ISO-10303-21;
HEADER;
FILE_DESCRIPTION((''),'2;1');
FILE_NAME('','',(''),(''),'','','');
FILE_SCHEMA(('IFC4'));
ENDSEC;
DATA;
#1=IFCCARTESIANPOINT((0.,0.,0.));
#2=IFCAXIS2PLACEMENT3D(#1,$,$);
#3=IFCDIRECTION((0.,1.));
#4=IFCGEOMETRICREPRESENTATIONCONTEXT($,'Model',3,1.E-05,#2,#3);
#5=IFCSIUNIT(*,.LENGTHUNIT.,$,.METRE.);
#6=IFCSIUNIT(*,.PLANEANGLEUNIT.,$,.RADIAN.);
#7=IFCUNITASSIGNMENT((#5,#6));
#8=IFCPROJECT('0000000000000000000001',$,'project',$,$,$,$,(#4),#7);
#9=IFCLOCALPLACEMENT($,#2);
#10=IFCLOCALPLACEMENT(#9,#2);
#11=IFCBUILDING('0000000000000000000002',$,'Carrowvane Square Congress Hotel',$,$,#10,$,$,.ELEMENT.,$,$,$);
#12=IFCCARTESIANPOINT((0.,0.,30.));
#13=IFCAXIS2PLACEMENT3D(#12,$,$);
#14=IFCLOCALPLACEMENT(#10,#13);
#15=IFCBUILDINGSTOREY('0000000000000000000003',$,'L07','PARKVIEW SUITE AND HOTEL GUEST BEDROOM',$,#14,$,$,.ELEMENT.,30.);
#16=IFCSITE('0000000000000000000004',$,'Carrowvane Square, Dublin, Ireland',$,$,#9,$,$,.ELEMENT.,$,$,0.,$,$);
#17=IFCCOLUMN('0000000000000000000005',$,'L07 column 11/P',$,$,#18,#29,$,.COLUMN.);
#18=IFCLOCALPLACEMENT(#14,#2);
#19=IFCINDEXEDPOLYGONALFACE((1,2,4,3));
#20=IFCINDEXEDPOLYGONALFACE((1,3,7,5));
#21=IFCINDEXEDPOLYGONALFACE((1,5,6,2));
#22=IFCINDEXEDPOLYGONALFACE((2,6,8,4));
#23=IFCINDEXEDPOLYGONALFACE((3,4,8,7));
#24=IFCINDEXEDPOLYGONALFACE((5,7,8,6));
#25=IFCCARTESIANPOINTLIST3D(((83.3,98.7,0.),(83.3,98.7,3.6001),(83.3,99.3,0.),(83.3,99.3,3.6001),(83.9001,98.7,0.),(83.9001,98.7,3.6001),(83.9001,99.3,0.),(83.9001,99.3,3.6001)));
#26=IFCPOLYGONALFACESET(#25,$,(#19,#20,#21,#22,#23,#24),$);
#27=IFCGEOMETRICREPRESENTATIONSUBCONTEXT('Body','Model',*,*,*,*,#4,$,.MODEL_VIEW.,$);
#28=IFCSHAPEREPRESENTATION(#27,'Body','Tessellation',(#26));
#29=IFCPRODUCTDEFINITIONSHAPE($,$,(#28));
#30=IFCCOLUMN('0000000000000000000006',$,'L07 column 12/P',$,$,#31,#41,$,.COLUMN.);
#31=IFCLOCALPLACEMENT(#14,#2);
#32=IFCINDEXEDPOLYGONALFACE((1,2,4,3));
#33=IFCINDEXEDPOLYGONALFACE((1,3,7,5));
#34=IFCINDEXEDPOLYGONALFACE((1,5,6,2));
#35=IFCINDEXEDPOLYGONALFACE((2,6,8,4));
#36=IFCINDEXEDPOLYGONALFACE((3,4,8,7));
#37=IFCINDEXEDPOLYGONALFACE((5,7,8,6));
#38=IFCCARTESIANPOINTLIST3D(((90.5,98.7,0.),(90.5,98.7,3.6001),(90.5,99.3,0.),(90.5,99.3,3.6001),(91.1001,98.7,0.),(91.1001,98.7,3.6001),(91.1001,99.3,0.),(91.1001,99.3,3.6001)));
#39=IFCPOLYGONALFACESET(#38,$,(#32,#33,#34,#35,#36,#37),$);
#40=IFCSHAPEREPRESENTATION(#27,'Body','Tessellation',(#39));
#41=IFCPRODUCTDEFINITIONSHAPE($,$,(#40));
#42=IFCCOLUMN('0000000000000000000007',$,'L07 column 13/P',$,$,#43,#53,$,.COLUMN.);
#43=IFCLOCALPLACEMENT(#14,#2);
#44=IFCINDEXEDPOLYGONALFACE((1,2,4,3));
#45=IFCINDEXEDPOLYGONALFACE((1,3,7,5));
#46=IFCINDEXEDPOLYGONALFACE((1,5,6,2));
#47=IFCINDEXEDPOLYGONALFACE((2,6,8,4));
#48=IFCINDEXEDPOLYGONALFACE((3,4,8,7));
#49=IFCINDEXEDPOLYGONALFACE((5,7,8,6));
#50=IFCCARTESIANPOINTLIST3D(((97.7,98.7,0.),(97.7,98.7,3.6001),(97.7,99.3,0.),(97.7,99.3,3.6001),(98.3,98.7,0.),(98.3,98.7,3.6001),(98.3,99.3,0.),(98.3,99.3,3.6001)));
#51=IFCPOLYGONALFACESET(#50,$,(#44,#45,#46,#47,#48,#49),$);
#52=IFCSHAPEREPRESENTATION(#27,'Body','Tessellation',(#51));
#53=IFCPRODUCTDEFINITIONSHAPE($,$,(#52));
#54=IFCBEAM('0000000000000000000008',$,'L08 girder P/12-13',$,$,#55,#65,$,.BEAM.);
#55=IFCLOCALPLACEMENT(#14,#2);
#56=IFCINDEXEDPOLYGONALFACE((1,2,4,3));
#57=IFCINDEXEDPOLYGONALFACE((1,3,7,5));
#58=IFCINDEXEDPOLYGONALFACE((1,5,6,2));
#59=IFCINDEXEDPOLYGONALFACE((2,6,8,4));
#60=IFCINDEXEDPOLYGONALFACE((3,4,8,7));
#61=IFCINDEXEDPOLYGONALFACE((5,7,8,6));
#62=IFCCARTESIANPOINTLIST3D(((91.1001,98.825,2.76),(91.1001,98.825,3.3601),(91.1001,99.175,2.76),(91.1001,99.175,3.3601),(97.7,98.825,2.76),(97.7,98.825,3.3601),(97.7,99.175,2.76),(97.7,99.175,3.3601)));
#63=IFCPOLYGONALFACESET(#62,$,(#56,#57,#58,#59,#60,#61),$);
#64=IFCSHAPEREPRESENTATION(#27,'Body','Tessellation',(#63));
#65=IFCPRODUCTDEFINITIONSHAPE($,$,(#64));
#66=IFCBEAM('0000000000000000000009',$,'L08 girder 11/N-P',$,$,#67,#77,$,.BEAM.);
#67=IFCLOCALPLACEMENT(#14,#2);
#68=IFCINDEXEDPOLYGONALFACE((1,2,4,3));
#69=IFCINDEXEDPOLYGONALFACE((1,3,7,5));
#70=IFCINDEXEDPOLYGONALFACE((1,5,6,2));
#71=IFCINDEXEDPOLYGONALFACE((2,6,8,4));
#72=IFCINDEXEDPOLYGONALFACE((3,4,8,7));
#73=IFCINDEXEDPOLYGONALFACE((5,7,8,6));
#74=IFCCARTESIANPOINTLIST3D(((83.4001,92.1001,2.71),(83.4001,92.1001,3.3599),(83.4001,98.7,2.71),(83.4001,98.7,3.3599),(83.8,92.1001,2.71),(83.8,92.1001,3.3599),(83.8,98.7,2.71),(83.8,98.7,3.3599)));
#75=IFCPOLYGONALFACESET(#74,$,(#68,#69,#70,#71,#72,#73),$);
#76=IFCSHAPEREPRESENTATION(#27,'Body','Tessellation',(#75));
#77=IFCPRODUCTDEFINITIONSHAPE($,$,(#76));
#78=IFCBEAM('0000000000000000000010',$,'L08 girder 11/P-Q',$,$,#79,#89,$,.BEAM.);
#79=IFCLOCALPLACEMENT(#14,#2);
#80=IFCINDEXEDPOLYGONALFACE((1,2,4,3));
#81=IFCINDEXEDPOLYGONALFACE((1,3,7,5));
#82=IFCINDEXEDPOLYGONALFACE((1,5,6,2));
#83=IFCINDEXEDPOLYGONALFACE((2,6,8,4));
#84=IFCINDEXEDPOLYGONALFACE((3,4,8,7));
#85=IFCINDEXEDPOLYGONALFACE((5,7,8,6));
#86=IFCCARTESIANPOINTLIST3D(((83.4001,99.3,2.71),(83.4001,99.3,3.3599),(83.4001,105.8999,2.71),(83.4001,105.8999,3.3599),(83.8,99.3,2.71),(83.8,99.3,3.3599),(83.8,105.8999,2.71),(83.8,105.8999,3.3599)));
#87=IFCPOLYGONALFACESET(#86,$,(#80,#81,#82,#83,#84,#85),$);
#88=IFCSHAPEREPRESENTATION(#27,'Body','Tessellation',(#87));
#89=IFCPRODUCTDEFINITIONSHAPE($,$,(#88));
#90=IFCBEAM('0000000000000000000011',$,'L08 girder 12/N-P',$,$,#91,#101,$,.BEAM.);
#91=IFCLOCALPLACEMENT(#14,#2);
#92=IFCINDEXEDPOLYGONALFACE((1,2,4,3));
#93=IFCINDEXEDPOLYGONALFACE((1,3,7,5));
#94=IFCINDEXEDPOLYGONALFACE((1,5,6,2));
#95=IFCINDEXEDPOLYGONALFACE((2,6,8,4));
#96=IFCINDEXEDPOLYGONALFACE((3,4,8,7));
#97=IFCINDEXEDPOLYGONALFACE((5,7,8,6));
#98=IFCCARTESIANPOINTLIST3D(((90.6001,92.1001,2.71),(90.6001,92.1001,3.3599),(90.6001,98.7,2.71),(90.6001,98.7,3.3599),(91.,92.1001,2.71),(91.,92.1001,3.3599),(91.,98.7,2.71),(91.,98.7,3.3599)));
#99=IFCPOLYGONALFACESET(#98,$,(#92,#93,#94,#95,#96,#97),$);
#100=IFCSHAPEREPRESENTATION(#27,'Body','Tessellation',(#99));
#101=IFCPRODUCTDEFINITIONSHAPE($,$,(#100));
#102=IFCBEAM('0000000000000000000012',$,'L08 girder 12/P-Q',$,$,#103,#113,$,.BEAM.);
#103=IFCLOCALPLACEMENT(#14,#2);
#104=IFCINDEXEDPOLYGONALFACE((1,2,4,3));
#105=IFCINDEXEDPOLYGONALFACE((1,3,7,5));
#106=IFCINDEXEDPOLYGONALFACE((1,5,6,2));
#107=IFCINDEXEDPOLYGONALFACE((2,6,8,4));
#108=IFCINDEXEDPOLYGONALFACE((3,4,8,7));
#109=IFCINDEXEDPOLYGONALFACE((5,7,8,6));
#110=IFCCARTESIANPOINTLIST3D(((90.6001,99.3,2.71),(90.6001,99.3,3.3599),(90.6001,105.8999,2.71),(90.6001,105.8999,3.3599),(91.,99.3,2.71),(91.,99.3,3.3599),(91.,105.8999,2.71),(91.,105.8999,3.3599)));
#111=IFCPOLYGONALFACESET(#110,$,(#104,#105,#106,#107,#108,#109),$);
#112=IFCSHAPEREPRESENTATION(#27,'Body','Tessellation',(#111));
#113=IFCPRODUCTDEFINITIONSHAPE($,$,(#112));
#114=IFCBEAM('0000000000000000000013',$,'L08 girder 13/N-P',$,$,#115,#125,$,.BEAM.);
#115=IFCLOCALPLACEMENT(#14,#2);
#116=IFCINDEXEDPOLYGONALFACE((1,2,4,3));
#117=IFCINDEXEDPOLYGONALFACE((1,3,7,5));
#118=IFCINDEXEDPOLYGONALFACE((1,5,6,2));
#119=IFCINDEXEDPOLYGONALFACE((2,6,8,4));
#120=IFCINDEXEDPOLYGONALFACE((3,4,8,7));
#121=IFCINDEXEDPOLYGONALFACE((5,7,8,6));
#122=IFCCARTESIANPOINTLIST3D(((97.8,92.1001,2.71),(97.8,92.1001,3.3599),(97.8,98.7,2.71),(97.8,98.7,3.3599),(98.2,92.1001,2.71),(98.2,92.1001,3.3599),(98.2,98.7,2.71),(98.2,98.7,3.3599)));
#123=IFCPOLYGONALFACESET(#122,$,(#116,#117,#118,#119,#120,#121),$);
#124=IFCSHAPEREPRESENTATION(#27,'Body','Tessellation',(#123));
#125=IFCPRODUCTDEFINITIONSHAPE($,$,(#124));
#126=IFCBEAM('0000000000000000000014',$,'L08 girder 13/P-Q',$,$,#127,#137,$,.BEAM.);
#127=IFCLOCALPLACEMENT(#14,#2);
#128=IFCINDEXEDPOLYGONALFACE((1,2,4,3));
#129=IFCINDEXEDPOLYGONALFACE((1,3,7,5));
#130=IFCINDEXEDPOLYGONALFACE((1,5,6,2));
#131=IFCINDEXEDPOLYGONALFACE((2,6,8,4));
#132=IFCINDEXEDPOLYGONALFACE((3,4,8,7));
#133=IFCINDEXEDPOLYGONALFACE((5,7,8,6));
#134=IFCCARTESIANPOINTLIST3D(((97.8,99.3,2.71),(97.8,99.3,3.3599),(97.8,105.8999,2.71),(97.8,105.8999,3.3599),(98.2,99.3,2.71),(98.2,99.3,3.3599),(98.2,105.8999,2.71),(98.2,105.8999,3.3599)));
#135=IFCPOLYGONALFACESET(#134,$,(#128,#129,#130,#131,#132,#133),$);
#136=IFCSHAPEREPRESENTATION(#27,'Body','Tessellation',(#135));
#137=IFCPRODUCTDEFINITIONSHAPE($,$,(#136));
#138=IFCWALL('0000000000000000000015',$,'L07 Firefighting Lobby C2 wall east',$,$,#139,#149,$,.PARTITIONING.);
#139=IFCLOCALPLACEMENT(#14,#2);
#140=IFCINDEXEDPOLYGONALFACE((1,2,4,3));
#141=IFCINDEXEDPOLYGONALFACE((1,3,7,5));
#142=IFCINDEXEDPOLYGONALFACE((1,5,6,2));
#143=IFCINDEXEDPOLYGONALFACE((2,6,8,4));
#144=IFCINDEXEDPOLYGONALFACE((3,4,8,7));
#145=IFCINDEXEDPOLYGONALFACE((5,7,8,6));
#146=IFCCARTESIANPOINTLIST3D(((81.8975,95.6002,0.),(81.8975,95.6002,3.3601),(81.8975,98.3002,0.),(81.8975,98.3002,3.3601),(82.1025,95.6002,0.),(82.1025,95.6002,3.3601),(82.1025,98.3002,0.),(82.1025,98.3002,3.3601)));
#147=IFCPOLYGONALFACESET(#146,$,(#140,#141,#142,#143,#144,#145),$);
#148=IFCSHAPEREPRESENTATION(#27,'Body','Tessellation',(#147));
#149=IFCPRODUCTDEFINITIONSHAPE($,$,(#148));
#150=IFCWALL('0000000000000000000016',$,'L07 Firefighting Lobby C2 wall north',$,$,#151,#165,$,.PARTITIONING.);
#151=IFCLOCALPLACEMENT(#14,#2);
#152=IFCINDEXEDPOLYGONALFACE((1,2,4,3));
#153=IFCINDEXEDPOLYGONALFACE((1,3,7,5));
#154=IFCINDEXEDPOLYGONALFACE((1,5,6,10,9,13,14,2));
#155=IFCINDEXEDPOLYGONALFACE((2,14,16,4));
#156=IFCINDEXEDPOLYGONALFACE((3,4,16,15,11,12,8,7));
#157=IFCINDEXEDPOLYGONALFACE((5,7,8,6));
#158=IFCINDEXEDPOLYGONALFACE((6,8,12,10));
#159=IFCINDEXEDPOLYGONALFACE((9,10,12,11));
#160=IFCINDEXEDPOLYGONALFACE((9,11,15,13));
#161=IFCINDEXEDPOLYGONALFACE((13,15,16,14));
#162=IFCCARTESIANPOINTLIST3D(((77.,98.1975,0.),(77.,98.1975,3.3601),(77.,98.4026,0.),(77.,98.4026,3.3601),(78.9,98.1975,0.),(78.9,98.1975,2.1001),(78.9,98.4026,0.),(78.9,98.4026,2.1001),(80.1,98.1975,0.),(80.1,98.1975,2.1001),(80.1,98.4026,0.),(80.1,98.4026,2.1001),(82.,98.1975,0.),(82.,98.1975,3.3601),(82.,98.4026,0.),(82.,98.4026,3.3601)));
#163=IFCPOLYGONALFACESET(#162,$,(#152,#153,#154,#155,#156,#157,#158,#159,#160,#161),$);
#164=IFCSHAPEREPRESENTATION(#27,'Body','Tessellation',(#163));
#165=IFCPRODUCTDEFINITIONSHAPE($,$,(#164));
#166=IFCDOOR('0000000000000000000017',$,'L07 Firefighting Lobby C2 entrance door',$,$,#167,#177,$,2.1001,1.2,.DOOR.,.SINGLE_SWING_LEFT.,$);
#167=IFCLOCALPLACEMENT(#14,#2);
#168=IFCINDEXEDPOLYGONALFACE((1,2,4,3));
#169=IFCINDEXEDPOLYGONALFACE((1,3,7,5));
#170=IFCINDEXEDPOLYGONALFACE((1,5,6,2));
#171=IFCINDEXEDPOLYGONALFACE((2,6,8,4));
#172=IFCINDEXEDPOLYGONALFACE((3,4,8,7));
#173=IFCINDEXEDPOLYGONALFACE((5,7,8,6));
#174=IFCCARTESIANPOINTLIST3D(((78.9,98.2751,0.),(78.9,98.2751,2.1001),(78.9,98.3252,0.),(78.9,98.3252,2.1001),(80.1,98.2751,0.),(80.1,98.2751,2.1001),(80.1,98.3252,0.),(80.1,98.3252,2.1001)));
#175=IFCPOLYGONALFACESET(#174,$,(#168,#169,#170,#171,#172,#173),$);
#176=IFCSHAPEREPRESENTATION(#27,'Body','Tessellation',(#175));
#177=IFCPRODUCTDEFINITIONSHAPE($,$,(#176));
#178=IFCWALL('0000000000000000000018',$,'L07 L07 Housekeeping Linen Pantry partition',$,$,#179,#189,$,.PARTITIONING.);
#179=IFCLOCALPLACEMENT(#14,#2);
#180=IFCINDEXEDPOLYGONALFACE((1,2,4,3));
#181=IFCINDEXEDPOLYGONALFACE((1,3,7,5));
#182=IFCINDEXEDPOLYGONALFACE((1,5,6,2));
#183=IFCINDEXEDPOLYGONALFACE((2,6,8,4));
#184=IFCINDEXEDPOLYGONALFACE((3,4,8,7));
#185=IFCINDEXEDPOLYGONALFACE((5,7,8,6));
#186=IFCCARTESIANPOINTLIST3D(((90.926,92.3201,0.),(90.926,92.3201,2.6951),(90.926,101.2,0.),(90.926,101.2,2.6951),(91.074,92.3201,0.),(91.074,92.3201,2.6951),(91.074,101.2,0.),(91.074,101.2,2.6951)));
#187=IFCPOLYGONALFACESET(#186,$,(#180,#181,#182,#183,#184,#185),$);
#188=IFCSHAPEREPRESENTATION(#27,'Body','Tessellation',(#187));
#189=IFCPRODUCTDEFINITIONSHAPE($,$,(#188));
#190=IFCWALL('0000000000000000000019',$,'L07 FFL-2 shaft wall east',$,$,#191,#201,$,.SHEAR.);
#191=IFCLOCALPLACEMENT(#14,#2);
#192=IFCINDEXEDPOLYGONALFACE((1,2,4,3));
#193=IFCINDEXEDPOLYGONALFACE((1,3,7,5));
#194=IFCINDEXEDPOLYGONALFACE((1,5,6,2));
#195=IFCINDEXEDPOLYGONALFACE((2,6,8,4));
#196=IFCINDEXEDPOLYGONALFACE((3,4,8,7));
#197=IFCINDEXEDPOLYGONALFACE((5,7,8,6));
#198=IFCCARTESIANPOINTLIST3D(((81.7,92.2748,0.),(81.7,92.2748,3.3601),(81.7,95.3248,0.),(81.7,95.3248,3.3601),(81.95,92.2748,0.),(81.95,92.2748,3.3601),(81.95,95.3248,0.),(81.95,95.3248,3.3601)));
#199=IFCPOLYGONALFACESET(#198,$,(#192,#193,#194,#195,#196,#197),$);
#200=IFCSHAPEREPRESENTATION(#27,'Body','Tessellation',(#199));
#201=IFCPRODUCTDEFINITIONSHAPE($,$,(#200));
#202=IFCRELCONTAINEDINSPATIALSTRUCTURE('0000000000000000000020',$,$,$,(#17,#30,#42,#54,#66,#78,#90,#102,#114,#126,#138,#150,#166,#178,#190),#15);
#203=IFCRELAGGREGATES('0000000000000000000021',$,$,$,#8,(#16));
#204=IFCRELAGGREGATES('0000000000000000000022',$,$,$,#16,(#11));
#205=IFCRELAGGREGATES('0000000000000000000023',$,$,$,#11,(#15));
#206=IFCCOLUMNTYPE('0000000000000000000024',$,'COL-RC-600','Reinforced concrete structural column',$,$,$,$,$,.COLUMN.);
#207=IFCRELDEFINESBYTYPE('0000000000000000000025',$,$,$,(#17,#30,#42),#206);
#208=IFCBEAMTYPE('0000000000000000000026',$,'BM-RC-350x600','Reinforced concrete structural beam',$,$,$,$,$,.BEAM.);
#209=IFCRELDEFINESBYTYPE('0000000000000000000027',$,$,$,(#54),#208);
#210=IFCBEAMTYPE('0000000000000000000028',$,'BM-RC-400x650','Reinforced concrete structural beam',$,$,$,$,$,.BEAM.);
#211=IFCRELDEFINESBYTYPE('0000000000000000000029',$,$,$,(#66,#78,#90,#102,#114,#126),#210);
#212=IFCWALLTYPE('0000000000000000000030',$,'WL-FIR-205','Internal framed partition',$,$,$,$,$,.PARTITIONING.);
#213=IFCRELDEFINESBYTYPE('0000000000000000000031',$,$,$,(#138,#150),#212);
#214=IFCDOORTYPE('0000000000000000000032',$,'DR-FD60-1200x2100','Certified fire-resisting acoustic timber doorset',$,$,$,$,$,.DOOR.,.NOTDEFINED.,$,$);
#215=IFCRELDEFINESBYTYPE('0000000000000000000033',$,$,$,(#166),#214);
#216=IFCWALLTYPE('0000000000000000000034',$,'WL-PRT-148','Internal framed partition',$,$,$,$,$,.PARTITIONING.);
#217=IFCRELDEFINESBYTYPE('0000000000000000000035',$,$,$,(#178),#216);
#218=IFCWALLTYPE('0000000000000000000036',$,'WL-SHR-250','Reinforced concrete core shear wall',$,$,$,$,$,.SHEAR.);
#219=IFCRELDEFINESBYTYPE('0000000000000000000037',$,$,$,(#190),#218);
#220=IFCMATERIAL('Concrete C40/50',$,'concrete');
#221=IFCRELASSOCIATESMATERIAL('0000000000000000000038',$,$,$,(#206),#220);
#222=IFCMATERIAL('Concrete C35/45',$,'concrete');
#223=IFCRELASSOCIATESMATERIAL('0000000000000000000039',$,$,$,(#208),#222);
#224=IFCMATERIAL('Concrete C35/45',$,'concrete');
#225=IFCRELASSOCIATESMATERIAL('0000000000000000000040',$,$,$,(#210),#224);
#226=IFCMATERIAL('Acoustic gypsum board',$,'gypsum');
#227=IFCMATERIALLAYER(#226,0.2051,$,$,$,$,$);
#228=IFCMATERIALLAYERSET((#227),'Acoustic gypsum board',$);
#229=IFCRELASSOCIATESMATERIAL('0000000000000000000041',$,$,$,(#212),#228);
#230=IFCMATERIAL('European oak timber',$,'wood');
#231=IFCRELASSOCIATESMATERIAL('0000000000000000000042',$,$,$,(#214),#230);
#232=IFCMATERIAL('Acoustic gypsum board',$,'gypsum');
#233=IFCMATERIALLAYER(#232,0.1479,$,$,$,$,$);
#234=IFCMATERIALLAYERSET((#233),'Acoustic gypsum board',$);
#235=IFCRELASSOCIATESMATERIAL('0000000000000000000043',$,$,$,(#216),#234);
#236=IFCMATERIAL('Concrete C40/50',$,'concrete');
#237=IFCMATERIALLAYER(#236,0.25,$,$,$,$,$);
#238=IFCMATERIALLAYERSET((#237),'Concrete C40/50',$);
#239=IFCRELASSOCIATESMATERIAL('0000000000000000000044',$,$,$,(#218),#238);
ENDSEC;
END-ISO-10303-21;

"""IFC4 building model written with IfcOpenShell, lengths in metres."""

from ifc_helpers import new_model, si_unit, direction, frame, frame_2d, origin, origin_2d, place, context, subcontext, project, spatial, rectangle, extrude, material, layer, layer_set, material_profile, profile_set, type_object, element, fill, save


model = new_model("IFC4")

# Units and contexts
model_context = context("Model", 3, precision=1e-05, world=origin(), true_north=direction((0.0, 1.0)))
body_context = subcontext(model_context, "Body", "Model", "MODEL_VIEW")
ifc_project = project(units=[si_unit("LENGTHUNIT", "METRE"), si_unit("PLANEANGLEUNIT", "RADIAN")], contexts=[model_context])

# Site, building, storey
site_placement = place(None, origin())
site = spatial("IfcSite", under=ifc_project, at=site_placement, Name="Carrowvane Square, Dublin, Ireland", CompositionType="ELEMENT", RefElevation=0.0)
building_placement = place(site_placement, origin())
building = spatial("IfcBuilding", under=site, at=building_placement, Name="Carrowvane Square Congress Hotel", CompositionType="ELEMENT")
storey_placement = place(building_placement, frame((0.0, 0.0, 30.0)))
storey = spatial("IfcBuildingStorey", under=building, at=storey_placement, Name="L07", Description="PARKVIEW SUITE AND HOTEL GUEST BEDROOM", CompositionType="ELEMENT", Elevation=30.0)

# Columns
ifc_material_1 = material(Name="Concrete C40/50", Category="concrete")
ifc_material_profile_1 = material_profile(ifc_material_1, rectangle(XDim=0.6001, YDim=0.6001, at=origin_2d()), Name="RC 600x600")
ifc_profile_set_1 = profile_set([ifc_material_profile_1], Name="Concrete C40/50")
column_type = type_object("IfcColumnType", Name="COL-RC-600", Description="Reinforced concrete structural column", PredefinedType="COLUMN", material=ifc_profile_set_1)
for number, where, z_axis, x_axis, name in (
    (1, (83.6001, 99.0, 0.0), (0.0, 0.0, 1.0), (1.0, 0.0, 0.0), "L07 column 11/P"),
    (2, (90.8, 99.0, 0.0), (0.0, 0.0, 1.0), (1.0, 0.0, 0.0), "L07 column 12/P"),
    (3, (98.0, 99.0, 0.0), (0.0, 0.0, 1.0), (1.0, 0.0, 0.0), "L07 column 13/P"),
):
    element("IfcColumn", number, at=place(storey_placement, frame(where, z_axis=z_axis, x_axis=x_axis)), inside=storey, type_object=column_type, Name=name, PredefinedType="COLUMN", context=body_context, shape_type="SweptSolid", body=[
        extrude(rectangle(XDim=0.6001, YDim=0.6001, at=origin_2d()), origin(), (0.0, 0.0, 1.0), 3.6001),
    ])

# Beams
ifc_material_2 = material(Name="Concrete C35/45", Category="concrete")
ifc_material_profile_2 = material_profile(ifc_material_2, rectangle(XDim=0.3501, YDim=0.6001, at=origin_2d()), Name="RC 350x600")
ifc_profile_set_2 = profile_set([ifc_material_profile_2], Name="Concrete C35/45")
beam_type_1 = type_object("IfcBeamType", Name="BM-RC-350x600", Description="Reinforced concrete structural beam", PredefinedType="BEAM", material=ifc_profile_set_2)
beam_placement = place(storey_placement, frame((91.1001, 99.0, 3.0601), z_axis=(1.0, 0.0, 0.0), x_axis=(0.0, 1.0, 0.0)))
element("IfcBeam", 4, at=beam_placement, inside=storey, type_object=beam_type_1, Name="L08 girder P/12-13", PredefinedType="BEAM", context=body_context, shape_type="SweptSolid", body=[
    extrude(rectangle(XDim=0.3501, YDim=0.6001, at=origin_2d()), origin(), (0.0, 0.0, 1.0), 6.5999),
])
ifc_material_3 = material(Name="Concrete C35/45", Category="concrete")
ifc_material_profile_3 = material_profile(ifc_material_3, rectangle(XDim=0.3999, YDim=0.6499, at=origin_2d()), Name="RC 400x650")
ifc_profile_set_3 = profile_set([ifc_material_profile_3], Name="Concrete C35/45")
beam_type_2 = type_object("IfcBeamType", Name="BM-RC-400x650", Description="Reinforced concrete structural beam", PredefinedType="BEAM", material=ifc_profile_set_3)
for number, where, z_axis, x_axis, name in (
    (5, (83.6001, 92.1001, 3.0349), (0.0, 1.0, 0.0), (-1.0, 0.0, 0.0), "L08 girder 11/N-P"),
    (6, (83.6001, 99.3, 3.0349), (0.0, 1.0, 0.0), (-1.0, 0.0, 0.0), "L08 girder 11/P-Q"),
    (7, (90.8, 92.1001, 3.0349), (0.0, 1.0, 0.0), (-1.0, 0.0, 0.0), "L08 girder 12/N-P"),
    (8, (90.8, 99.3, 3.0349), (0.0, 1.0, 0.0), (-1.0, 0.0, 0.0), "L08 girder 12/P-Q"),
    (9, (98.0, 92.1001, 3.0349), (0.0, 1.0, 0.0), (-1.0, 0.0, 0.0), "L08 girder 13/N-P"),
    (10, (98.0, 99.3, 3.0349), (0.0, 1.0, 0.0), (-1.0, 0.0, 0.0), "L08 girder 13/P-Q"),
):
    element("IfcBeam", number, at=place(storey_placement, frame(where, z_axis=z_axis, x_axis=x_axis)), inside=storey, type_object=beam_type_2, Name=name, PredefinedType="BEAM", context=body_context, shape_type="SweptSolid", body=[
        extrude(rectangle(XDim=0.3999, YDim=0.6499, at=origin_2d()), origin(), (0.0, 0.0, 1.0), 6.5999),
    ])

# Wall
ifc_material_4 = material(Name="Acoustic gypsum board", Category="gypsum")
ifc_layer_1 = layer(ifc_material_4, 0.2051)
ifc_layer_set_1 = layer_set([ifc_layer_1], Name="Acoustic gypsum board")
wall_type_1 = type_object("IfcWallType", Name="WL-FIR-205", Description="Internal framed partition", PredefinedType="PARTITIONING", material=ifc_layer_set_1)
wall_1_placement = place(storey_placement, frame((82.0, 95.6001, 0.0), z_axis=(0.0, 0.0, 1.0), x_axis=(0.0, 1.0, 0.0)))
element("IfcWall", 11, at=wall_1_placement, inside=storey, type_object=wall_type_1, Name="L07 Firefighting Lobby C2 wall east", PredefinedType="PARTITIONING", context=body_context, shape_type="SweptSolid", body=[
    extrude(rectangle(XDim=2.7, YDim=0.2051, at=frame_2d((1.3501, 0.0))), origin(), (0.0, 0.0, 1.0), 3.3601),
])

# Wall, opening, door
wall_2_placement = place(storey_placement, frame((82.0, 98.3, 0.0), z_axis=(0.0, 0.0, 1.0), x_axis=(-1.0, 0.0, 0.0)))
wall_2 = element("IfcWall", 12, at=wall_2_placement, inside=storey, type_object=wall_type_1, Name="L07 Firefighting Lobby C2 wall north", PredefinedType="PARTITIONING", context=body_context, shape_type="SweptSolid", body=[
    extrude(rectangle(XDim=5.0, YDim=0.2051, at=frame_2d((2.5, 0.0))), origin(), (0.0, 0.0, 1.0), 3.3601),
])
opening_1_placement = place(wall_2_placement, frame((1.8999, 0.0, 0.0)))
opening_1 = element("IfcOpeningElement", 13, at=opening_1_placement, cuts=wall_2, PredefinedType="OPENING", context=body_context, shape_type="SweptSolid", body=[
    extrude(rectangle(XDim=1.2, YDim=2.1001, at=frame_2d((0.6001, 1.05))), frame((0.0, 0.1125, 0.0), z_axis=(0.0, -1.0, 0.0), x_axis=(1.0, 0.0, 0.0)), (0.0, 0.0, 1.0), 0.2251),
])
ifc_material_5 = material(Name="European oak timber", Category="wood")
door_type_1 = type_object("IfcDoorType", Name="DR-FD60-1200x2100", Description="Certified fire-resisting acoustic timber doorset", OperationType="NOTDEFINED", PredefinedType="DOOR", material=ifc_material_5)
door_1_placement = place(opening_1_placement, origin())
door_1 = element("IfcDoor", 14, at=door_1_placement, inside=storey, type_object=door_type_1, Name="L07 Firefighting Lobby C2 entrance door", OperationType="SINGLE_SWING_LEFT", OverallHeight=2.1001, OverallWidth=1.2, PredefinedType="DOOR", context=body_context, shape_type="SweptSolid", body=[
    extrude(rectangle(XDim=1.2, YDim=2.1001, at=frame_2d((0.6001, 1.05))), frame((0.0, 0.0249, 0.0), z_axis=(0.0, -1.0, 0.0), x_axis=(1.0, 0.0, 0.0)), (0.0, 0.0, 1.0), 0.05),
])
fill(opening_1, door_1)

# Walls
ifc_material_6 = material(Name="Acoustic gypsum board", Category="gypsum")
ifc_layer_2 = layer(ifc_material_6, 0.1479)
ifc_layer_set_2 = layer_set([ifc_layer_2], Name="Acoustic gypsum board")
wall_type_2 = type_object("IfcWallType", Name="WL-PRT-148", Description="Internal framed partition", PredefinedType="PARTITIONING", material=ifc_layer_set_2)
wall_3_placement = place(storey_placement, frame((91.0, 92.3201, 0.0), z_axis=(0.0, 0.0, 1.0), x_axis=(0.0, 1.0, 0.0)))
element("IfcWall", 15, at=wall_3_placement, inside=storey, type_object=wall_type_2, Name="L07 L07 Housekeeping Linen Pantry partition", PredefinedType="PARTITIONING", context=body_context, shape_type="SweptSolid", body=[
    extrude(rectangle(XDim=8.8799, YDim=0.1479, at=frame_2d((4.4399, 0.0))), origin(), (0.0, 0.0, 1.0), 2.6951),
])
ifc_material_7 = material(Name="Concrete C40/50", Category="concrete")
ifc_layer_3 = layer(ifc_material_7, 0.25)
ifc_layer_set_3 = layer_set([ifc_layer_3], Name="Concrete C40/50")
wall_type_3 = type_object("IfcWallType", Name="WL-SHR-250", Description="Reinforced concrete core shear wall", PredefinedType="SHEAR", material=ifc_layer_set_3)
wall_4_placement = place(storey_placement, frame((81.825, 92.2749, 0.0), z_axis=(0.0, 0.0, 1.0), x_axis=(0.0, 1.0, 0.0)))
element("IfcWall", 16, at=wall_4_placement, inside=storey, type_object=wall_type_3, Name="L07 FFL-2 shaft wall east", PredefinedType="SHEAR", context=body_context, shape_type="SweptSolid", body=[
    extrude(rectangle(XDim=3.05, YDim=0.25, at=frame_2d((1.5249, 0.0))), origin(), (0.0, 0.0, 1.0), 3.3601),
])

save(model, "model.ifc")
